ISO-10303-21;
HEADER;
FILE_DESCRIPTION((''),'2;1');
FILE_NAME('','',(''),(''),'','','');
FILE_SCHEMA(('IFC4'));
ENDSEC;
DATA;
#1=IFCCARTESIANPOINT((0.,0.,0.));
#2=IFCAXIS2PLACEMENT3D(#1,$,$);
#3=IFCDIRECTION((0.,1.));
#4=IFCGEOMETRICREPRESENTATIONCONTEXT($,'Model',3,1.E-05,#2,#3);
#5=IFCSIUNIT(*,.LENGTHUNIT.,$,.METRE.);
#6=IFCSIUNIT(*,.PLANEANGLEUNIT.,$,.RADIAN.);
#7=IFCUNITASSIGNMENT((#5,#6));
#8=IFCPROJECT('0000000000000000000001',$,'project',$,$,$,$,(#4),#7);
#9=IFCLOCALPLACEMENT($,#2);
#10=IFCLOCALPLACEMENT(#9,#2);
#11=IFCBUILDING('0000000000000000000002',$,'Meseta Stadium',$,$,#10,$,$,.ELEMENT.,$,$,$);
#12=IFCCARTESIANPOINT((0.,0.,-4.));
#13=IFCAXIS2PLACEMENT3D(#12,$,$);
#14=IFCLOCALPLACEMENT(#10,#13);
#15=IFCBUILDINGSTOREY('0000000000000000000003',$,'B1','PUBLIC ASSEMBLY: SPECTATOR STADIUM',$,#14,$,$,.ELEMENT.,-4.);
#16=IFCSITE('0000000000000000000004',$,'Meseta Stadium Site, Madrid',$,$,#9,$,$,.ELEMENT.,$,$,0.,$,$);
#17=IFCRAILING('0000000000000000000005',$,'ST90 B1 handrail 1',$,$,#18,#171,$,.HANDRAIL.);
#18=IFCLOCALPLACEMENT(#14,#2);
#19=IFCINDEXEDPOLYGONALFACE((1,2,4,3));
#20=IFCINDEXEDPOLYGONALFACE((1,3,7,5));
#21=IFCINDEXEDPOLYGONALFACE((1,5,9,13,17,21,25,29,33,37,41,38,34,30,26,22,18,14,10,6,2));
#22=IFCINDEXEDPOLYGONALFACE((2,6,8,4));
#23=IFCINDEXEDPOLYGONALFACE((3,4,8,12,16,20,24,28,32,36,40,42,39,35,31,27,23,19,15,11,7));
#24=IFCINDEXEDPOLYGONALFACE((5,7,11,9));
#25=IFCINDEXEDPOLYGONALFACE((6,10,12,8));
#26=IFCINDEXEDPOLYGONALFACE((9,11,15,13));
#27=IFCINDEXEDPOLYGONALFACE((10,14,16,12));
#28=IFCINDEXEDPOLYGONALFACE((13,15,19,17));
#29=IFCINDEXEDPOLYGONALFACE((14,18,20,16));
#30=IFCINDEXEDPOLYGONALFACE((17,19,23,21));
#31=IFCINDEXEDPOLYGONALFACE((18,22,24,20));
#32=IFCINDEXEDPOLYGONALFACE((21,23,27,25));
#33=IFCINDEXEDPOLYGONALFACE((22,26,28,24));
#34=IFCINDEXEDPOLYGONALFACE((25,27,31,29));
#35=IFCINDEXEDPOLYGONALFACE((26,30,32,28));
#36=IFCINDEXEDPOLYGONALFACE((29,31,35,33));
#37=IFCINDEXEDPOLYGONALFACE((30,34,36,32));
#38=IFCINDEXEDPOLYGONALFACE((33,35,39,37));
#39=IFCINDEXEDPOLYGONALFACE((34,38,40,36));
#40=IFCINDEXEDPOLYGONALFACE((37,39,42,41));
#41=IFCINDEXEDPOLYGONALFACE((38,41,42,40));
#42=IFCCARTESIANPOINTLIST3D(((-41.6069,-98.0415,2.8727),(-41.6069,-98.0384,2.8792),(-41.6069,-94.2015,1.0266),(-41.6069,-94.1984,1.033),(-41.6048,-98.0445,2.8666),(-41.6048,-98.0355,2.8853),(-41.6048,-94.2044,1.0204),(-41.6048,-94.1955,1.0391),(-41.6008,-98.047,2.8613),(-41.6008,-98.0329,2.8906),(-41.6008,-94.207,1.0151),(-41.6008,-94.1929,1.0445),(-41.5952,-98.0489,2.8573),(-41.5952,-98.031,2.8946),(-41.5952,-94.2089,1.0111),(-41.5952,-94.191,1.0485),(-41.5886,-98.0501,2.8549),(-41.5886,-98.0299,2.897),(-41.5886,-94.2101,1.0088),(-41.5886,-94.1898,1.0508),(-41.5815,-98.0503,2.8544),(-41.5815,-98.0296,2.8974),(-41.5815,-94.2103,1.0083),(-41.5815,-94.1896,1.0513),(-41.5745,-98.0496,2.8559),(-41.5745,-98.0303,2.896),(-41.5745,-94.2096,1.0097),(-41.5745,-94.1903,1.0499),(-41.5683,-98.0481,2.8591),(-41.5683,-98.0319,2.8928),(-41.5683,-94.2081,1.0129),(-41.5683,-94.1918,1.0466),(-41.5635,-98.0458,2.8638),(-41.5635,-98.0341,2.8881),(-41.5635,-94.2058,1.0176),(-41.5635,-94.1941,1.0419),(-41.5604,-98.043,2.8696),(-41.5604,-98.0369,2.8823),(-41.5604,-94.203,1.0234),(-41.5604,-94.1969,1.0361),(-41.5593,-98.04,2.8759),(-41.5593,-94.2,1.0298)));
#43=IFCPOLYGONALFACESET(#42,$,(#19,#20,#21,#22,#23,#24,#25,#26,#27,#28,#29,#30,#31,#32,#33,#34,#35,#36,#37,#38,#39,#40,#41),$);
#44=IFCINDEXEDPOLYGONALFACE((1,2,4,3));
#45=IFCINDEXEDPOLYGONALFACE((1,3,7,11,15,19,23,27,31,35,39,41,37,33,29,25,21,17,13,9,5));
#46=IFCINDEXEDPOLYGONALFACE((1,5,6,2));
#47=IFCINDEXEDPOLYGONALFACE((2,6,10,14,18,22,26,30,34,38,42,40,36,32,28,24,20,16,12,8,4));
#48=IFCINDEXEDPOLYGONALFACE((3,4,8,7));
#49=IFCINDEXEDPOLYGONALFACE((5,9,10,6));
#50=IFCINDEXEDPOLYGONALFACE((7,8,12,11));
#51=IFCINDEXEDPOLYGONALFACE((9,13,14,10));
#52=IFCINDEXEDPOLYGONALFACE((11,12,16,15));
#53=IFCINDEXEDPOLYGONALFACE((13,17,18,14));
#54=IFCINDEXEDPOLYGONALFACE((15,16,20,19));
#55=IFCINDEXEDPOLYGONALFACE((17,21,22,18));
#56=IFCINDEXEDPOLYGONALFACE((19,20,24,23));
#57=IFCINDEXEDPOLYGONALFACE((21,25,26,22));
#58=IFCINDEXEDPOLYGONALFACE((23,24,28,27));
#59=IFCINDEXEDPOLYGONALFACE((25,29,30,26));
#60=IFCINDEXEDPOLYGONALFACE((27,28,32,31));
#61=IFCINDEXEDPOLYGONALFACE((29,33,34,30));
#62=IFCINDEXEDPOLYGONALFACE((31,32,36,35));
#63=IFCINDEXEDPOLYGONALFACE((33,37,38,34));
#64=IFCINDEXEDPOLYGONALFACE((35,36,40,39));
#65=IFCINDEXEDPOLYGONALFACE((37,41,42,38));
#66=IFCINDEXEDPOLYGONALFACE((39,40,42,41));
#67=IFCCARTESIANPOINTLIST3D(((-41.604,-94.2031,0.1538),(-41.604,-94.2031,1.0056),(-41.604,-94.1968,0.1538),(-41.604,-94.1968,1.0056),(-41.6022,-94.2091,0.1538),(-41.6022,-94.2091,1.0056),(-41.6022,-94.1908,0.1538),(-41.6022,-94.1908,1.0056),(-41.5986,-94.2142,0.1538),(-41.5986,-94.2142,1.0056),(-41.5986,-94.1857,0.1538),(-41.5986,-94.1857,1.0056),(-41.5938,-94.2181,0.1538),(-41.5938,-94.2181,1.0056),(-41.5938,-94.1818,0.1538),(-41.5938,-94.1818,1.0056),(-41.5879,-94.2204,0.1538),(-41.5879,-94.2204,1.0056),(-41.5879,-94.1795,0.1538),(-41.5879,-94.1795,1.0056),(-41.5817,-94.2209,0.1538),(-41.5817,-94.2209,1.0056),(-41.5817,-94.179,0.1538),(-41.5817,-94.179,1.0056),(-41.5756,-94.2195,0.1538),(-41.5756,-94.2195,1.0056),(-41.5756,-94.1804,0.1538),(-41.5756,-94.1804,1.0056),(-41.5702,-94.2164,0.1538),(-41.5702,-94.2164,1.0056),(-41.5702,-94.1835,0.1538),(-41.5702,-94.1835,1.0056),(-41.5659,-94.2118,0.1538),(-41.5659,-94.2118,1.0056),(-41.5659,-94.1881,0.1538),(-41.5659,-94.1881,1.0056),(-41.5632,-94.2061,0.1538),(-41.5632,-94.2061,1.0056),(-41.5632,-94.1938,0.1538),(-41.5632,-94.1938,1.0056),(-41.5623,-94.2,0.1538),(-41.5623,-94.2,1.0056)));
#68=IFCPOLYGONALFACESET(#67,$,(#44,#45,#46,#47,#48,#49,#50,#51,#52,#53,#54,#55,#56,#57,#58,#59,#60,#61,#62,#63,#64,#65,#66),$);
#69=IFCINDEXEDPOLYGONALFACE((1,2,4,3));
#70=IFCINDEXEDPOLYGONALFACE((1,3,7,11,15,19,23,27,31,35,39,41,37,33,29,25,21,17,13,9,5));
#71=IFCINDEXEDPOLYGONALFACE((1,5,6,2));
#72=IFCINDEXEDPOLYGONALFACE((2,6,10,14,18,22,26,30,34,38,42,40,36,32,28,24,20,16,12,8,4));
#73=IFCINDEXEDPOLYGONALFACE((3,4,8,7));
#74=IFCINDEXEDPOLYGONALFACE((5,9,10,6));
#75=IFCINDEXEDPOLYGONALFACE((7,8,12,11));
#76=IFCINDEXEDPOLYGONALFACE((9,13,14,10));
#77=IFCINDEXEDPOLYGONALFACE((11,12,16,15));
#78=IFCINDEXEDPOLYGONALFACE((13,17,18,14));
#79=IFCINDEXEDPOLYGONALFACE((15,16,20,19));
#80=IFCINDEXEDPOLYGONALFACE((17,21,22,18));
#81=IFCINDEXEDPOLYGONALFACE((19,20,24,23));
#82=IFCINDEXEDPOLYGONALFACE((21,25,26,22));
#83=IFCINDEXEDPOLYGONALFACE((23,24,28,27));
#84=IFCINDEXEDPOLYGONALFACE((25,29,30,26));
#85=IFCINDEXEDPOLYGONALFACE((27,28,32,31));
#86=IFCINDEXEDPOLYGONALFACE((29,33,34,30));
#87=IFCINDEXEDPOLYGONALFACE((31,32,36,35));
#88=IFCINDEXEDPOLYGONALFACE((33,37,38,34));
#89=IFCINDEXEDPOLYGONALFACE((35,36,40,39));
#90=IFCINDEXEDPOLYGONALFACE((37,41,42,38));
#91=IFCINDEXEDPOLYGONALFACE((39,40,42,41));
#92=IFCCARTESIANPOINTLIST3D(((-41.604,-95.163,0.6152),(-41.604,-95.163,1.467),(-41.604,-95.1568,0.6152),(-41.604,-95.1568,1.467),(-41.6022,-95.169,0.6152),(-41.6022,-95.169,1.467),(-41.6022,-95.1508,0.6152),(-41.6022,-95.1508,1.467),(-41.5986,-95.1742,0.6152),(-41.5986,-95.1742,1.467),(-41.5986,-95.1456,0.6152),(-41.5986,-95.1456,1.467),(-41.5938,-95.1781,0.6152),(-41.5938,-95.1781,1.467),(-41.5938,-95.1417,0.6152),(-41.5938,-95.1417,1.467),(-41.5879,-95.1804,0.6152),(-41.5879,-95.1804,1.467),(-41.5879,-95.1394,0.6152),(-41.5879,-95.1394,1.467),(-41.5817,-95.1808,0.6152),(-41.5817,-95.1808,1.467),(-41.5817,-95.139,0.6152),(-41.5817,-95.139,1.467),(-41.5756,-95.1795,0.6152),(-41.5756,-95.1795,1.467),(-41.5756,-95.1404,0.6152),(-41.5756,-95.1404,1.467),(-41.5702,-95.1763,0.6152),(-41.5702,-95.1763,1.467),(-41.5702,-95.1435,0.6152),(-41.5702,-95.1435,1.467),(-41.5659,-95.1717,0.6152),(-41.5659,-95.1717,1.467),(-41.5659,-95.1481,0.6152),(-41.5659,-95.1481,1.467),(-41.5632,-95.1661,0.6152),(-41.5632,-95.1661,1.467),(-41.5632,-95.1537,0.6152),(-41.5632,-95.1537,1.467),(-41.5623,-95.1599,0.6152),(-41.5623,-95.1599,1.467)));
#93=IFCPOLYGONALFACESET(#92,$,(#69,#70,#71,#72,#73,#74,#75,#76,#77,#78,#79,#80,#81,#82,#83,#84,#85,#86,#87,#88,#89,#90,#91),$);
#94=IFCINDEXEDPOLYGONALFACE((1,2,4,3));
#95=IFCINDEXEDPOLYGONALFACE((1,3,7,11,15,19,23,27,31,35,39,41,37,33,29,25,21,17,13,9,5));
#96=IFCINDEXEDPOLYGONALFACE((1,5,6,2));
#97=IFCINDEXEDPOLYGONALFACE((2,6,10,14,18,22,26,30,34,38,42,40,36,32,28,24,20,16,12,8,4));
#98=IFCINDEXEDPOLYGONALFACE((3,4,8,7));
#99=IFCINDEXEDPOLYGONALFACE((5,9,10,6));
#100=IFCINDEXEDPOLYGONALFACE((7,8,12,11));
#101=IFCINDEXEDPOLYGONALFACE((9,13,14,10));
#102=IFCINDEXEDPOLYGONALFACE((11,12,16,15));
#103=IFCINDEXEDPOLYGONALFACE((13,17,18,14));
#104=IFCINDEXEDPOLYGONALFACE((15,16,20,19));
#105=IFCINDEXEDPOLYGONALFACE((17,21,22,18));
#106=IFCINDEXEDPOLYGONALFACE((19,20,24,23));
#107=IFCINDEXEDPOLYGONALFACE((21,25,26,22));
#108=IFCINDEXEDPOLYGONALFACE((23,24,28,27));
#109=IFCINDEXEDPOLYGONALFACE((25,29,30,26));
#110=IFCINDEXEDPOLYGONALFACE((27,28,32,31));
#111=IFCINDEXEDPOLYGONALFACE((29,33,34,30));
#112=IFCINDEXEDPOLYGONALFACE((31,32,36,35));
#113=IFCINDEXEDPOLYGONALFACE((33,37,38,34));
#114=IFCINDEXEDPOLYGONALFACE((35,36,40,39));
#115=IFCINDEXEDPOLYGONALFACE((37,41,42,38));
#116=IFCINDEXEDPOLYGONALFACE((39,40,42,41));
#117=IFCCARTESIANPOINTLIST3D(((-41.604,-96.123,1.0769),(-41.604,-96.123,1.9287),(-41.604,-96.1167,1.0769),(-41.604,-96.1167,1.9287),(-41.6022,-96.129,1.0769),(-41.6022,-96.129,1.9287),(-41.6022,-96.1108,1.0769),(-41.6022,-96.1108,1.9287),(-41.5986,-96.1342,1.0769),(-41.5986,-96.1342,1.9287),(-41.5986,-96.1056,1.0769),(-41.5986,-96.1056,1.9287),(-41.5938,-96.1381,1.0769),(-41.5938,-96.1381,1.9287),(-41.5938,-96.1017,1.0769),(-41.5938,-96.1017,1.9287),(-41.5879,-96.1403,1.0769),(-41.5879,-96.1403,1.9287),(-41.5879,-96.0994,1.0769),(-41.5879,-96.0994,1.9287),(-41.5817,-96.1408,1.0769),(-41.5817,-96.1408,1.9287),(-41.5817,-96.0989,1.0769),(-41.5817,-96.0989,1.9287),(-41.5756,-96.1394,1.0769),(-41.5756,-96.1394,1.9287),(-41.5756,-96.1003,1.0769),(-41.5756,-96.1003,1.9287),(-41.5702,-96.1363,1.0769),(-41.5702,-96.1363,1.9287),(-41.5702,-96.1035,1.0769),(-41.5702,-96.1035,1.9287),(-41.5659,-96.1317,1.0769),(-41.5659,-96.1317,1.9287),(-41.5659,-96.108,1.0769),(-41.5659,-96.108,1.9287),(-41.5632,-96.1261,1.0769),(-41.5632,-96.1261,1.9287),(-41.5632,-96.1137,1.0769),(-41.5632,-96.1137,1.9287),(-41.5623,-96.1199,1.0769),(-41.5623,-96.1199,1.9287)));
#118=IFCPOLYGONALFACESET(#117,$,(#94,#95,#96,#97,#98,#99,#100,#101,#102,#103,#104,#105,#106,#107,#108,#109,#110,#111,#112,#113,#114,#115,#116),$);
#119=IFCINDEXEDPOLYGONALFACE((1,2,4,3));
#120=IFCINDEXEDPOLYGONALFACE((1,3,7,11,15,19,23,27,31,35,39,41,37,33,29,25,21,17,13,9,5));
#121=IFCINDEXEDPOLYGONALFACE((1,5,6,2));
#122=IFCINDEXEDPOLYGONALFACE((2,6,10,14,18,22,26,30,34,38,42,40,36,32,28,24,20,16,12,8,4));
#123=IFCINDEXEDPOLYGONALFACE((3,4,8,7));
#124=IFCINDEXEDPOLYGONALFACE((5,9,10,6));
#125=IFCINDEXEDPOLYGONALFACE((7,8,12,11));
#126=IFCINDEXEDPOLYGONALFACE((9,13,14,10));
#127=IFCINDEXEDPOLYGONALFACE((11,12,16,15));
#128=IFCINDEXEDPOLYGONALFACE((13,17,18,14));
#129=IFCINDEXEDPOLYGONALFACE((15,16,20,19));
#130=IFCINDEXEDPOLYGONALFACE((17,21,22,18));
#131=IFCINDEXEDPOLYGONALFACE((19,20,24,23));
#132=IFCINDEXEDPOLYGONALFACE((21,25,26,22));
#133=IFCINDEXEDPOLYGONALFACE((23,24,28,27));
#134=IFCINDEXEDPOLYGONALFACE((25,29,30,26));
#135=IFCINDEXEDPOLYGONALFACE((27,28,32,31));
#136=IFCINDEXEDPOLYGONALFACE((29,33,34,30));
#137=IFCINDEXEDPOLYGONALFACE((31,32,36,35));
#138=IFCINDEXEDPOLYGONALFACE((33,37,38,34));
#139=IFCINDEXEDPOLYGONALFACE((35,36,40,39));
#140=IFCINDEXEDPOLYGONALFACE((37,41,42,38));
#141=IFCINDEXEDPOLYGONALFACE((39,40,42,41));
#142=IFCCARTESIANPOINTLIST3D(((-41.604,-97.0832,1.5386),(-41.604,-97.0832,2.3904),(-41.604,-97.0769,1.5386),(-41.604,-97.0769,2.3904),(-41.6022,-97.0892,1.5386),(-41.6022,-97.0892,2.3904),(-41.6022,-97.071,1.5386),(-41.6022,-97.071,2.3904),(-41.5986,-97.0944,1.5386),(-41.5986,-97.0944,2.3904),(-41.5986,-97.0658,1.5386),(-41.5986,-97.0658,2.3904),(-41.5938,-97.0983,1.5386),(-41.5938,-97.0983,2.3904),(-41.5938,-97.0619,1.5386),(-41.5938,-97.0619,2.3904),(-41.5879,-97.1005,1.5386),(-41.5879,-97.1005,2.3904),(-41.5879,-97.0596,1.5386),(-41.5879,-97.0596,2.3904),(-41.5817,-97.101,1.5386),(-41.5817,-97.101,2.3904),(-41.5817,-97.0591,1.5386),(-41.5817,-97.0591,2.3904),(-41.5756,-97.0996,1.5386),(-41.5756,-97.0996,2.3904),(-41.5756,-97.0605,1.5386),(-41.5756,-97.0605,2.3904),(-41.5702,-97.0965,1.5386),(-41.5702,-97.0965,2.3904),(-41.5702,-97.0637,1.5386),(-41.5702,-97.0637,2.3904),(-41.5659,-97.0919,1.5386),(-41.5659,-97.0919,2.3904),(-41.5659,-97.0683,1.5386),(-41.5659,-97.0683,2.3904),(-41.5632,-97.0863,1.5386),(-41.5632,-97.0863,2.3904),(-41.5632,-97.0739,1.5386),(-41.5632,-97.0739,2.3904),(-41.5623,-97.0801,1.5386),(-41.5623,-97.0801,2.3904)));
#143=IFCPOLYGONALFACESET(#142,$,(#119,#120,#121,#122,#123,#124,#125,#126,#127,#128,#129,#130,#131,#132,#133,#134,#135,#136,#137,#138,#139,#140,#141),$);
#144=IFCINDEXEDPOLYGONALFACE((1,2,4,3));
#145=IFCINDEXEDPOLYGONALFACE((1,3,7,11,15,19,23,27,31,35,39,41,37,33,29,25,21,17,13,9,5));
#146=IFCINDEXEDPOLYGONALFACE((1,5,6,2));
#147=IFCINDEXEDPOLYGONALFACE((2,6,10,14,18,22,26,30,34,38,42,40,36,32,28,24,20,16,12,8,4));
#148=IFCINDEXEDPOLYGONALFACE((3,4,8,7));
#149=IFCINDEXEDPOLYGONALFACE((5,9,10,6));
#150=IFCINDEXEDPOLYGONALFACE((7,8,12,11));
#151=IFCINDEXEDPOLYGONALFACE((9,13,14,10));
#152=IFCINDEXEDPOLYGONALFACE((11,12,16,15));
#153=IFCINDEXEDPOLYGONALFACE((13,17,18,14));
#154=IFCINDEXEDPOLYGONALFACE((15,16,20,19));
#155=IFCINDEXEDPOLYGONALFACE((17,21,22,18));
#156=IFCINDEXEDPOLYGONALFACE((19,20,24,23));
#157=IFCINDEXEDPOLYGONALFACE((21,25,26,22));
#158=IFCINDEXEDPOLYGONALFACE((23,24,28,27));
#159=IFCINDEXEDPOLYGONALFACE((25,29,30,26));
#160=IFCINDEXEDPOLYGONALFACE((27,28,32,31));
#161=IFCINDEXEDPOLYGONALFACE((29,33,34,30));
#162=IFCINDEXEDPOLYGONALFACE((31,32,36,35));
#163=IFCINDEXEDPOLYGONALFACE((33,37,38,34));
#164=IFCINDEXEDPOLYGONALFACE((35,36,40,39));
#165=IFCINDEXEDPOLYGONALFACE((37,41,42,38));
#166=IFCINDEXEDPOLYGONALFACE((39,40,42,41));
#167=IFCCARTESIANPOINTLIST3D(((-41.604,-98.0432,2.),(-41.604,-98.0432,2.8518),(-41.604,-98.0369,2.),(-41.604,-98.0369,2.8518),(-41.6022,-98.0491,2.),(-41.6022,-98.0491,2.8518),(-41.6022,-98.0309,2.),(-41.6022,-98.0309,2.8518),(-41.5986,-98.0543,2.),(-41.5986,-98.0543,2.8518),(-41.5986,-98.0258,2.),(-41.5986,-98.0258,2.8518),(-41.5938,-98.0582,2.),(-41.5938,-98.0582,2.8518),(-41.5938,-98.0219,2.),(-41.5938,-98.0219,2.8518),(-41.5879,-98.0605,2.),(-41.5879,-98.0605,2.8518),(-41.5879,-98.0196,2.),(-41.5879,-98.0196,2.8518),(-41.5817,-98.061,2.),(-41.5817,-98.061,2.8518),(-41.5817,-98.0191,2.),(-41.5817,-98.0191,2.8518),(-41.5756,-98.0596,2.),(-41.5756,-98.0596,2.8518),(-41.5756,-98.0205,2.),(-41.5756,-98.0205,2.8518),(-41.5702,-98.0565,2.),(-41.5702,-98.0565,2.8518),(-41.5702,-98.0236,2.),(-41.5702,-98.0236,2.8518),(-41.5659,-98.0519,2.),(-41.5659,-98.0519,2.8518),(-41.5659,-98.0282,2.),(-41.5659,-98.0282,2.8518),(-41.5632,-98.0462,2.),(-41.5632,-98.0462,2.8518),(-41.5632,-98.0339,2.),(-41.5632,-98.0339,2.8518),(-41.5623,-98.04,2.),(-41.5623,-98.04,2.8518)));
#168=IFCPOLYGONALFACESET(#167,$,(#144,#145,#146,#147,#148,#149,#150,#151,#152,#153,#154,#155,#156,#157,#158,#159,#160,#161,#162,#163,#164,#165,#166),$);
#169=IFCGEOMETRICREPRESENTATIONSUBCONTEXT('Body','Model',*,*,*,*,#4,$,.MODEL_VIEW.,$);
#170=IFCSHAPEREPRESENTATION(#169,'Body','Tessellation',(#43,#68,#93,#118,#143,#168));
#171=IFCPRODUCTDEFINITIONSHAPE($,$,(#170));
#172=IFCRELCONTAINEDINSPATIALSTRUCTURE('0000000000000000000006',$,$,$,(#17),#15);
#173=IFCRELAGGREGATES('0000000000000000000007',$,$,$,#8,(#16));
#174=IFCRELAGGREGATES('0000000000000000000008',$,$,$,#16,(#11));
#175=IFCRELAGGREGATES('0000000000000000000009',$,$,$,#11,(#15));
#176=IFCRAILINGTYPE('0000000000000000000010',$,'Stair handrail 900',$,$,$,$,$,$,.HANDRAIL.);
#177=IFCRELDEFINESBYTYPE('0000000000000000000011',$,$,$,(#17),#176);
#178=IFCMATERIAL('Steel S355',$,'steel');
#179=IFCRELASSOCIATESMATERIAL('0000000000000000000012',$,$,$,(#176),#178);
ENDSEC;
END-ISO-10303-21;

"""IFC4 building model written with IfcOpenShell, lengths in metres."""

from ifc_helpers import new_model, si_unit, direction, frame, origin, origin_2d, place, context, subcontext, project, spatial, circle, extrude, material, type_object, element, save


model = new_model("IFC4")

# Units and contexts
model_context = context("Model", 3, precision=1e-05, world=origin(), true_north=direction((0.0, 1.0)))
body_context = subcontext(model_context, "Body", "Model", "MODEL_VIEW")
ifc_project = project(units=[si_unit("LENGTHUNIT", "METRE"), si_unit("PLANEANGLEUNIT", "RADIAN")], contexts=[model_context])

# Site, building, storey
site_placement = place(None, origin())
site = spatial("IfcSite", under=ifc_project, at=site_placement, Name="Meseta Stadium Site, Madrid", CompositionType="ELEMENT", RefElevation=0.0)
building_placement = place(site_placement, origin())
building = spatial("IfcBuilding", under=site, at=building_placement, Name="Meseta Stadium", CompositionType="ELEMENT")
storey_placement = place(building_placement, frame((0.0, 0.0, -4.0)))
storey = spatial("IfcBuildingStorey", under=building, at=storey_placement, Name="B1", Description="PUBLIC ASSEMBLY: SPECTATOR STADIUM", CompositionType="ELEMENT", Elevation=-4.0)

# Railing
ifc_material_1 = material(Name="Steel S355", Category="steel")
railing_type_1 = type_object("IfcRailingType", Name="Stair handrail 900", PredefinedType="HANDRAIL", material=ifc_material_1)
for number, where, name in (
    (1, (-41.5833, -94.2, 0.1538), "ST90 B1 handrail 1"),
):
    element("IfcRailing", number, at=place(storey_placement, frame(where)), inside=storey, type_object=railing_type_1, Name=name, PredefinedType="HANDRAIL", context=body_context, shape_type="SweptSolid", body=[
        extrude(circle(Radius=0.0239, at=origin_2d()), frame((0.0, 0.0, 0.876), z_axis=(0.0, -0.901253, 0.433294), x_axis=(1.0, 0.0, 0.0)), (0.0, 0.0, 1.0), 4.2607),
        extrude(circle(Radius=0.021, at=origin_2d()), origin(), (0.0, 0.0, 1.0), 0.8518),
        extrude(circle(Radius=0.021, at=origin_2d()), frame((0.0, -0.96, 0.4614)), (0.0, 0.0, 1.0), 0.8518),
        extrude(circle(Radius=0.021, at=origin_2d()), frame((0.0, -1.9199, 0.9231)), (0.0, 0.0, 1.0), 0.8518),
        extrude(circle(Radius=0.021, at=origin_2d()), frame((0.0, -2.8801, 1.3848)), (0.0, 0.0, 1.0), 0.8518),
        extrude(circle(Radius=0.021, at=origin_2d()), frame((0.0, -3.8401, 1.8462)), (0.0, 0.0, 1.0), 0.8518),
    ])

save(model, "model.ifc")
